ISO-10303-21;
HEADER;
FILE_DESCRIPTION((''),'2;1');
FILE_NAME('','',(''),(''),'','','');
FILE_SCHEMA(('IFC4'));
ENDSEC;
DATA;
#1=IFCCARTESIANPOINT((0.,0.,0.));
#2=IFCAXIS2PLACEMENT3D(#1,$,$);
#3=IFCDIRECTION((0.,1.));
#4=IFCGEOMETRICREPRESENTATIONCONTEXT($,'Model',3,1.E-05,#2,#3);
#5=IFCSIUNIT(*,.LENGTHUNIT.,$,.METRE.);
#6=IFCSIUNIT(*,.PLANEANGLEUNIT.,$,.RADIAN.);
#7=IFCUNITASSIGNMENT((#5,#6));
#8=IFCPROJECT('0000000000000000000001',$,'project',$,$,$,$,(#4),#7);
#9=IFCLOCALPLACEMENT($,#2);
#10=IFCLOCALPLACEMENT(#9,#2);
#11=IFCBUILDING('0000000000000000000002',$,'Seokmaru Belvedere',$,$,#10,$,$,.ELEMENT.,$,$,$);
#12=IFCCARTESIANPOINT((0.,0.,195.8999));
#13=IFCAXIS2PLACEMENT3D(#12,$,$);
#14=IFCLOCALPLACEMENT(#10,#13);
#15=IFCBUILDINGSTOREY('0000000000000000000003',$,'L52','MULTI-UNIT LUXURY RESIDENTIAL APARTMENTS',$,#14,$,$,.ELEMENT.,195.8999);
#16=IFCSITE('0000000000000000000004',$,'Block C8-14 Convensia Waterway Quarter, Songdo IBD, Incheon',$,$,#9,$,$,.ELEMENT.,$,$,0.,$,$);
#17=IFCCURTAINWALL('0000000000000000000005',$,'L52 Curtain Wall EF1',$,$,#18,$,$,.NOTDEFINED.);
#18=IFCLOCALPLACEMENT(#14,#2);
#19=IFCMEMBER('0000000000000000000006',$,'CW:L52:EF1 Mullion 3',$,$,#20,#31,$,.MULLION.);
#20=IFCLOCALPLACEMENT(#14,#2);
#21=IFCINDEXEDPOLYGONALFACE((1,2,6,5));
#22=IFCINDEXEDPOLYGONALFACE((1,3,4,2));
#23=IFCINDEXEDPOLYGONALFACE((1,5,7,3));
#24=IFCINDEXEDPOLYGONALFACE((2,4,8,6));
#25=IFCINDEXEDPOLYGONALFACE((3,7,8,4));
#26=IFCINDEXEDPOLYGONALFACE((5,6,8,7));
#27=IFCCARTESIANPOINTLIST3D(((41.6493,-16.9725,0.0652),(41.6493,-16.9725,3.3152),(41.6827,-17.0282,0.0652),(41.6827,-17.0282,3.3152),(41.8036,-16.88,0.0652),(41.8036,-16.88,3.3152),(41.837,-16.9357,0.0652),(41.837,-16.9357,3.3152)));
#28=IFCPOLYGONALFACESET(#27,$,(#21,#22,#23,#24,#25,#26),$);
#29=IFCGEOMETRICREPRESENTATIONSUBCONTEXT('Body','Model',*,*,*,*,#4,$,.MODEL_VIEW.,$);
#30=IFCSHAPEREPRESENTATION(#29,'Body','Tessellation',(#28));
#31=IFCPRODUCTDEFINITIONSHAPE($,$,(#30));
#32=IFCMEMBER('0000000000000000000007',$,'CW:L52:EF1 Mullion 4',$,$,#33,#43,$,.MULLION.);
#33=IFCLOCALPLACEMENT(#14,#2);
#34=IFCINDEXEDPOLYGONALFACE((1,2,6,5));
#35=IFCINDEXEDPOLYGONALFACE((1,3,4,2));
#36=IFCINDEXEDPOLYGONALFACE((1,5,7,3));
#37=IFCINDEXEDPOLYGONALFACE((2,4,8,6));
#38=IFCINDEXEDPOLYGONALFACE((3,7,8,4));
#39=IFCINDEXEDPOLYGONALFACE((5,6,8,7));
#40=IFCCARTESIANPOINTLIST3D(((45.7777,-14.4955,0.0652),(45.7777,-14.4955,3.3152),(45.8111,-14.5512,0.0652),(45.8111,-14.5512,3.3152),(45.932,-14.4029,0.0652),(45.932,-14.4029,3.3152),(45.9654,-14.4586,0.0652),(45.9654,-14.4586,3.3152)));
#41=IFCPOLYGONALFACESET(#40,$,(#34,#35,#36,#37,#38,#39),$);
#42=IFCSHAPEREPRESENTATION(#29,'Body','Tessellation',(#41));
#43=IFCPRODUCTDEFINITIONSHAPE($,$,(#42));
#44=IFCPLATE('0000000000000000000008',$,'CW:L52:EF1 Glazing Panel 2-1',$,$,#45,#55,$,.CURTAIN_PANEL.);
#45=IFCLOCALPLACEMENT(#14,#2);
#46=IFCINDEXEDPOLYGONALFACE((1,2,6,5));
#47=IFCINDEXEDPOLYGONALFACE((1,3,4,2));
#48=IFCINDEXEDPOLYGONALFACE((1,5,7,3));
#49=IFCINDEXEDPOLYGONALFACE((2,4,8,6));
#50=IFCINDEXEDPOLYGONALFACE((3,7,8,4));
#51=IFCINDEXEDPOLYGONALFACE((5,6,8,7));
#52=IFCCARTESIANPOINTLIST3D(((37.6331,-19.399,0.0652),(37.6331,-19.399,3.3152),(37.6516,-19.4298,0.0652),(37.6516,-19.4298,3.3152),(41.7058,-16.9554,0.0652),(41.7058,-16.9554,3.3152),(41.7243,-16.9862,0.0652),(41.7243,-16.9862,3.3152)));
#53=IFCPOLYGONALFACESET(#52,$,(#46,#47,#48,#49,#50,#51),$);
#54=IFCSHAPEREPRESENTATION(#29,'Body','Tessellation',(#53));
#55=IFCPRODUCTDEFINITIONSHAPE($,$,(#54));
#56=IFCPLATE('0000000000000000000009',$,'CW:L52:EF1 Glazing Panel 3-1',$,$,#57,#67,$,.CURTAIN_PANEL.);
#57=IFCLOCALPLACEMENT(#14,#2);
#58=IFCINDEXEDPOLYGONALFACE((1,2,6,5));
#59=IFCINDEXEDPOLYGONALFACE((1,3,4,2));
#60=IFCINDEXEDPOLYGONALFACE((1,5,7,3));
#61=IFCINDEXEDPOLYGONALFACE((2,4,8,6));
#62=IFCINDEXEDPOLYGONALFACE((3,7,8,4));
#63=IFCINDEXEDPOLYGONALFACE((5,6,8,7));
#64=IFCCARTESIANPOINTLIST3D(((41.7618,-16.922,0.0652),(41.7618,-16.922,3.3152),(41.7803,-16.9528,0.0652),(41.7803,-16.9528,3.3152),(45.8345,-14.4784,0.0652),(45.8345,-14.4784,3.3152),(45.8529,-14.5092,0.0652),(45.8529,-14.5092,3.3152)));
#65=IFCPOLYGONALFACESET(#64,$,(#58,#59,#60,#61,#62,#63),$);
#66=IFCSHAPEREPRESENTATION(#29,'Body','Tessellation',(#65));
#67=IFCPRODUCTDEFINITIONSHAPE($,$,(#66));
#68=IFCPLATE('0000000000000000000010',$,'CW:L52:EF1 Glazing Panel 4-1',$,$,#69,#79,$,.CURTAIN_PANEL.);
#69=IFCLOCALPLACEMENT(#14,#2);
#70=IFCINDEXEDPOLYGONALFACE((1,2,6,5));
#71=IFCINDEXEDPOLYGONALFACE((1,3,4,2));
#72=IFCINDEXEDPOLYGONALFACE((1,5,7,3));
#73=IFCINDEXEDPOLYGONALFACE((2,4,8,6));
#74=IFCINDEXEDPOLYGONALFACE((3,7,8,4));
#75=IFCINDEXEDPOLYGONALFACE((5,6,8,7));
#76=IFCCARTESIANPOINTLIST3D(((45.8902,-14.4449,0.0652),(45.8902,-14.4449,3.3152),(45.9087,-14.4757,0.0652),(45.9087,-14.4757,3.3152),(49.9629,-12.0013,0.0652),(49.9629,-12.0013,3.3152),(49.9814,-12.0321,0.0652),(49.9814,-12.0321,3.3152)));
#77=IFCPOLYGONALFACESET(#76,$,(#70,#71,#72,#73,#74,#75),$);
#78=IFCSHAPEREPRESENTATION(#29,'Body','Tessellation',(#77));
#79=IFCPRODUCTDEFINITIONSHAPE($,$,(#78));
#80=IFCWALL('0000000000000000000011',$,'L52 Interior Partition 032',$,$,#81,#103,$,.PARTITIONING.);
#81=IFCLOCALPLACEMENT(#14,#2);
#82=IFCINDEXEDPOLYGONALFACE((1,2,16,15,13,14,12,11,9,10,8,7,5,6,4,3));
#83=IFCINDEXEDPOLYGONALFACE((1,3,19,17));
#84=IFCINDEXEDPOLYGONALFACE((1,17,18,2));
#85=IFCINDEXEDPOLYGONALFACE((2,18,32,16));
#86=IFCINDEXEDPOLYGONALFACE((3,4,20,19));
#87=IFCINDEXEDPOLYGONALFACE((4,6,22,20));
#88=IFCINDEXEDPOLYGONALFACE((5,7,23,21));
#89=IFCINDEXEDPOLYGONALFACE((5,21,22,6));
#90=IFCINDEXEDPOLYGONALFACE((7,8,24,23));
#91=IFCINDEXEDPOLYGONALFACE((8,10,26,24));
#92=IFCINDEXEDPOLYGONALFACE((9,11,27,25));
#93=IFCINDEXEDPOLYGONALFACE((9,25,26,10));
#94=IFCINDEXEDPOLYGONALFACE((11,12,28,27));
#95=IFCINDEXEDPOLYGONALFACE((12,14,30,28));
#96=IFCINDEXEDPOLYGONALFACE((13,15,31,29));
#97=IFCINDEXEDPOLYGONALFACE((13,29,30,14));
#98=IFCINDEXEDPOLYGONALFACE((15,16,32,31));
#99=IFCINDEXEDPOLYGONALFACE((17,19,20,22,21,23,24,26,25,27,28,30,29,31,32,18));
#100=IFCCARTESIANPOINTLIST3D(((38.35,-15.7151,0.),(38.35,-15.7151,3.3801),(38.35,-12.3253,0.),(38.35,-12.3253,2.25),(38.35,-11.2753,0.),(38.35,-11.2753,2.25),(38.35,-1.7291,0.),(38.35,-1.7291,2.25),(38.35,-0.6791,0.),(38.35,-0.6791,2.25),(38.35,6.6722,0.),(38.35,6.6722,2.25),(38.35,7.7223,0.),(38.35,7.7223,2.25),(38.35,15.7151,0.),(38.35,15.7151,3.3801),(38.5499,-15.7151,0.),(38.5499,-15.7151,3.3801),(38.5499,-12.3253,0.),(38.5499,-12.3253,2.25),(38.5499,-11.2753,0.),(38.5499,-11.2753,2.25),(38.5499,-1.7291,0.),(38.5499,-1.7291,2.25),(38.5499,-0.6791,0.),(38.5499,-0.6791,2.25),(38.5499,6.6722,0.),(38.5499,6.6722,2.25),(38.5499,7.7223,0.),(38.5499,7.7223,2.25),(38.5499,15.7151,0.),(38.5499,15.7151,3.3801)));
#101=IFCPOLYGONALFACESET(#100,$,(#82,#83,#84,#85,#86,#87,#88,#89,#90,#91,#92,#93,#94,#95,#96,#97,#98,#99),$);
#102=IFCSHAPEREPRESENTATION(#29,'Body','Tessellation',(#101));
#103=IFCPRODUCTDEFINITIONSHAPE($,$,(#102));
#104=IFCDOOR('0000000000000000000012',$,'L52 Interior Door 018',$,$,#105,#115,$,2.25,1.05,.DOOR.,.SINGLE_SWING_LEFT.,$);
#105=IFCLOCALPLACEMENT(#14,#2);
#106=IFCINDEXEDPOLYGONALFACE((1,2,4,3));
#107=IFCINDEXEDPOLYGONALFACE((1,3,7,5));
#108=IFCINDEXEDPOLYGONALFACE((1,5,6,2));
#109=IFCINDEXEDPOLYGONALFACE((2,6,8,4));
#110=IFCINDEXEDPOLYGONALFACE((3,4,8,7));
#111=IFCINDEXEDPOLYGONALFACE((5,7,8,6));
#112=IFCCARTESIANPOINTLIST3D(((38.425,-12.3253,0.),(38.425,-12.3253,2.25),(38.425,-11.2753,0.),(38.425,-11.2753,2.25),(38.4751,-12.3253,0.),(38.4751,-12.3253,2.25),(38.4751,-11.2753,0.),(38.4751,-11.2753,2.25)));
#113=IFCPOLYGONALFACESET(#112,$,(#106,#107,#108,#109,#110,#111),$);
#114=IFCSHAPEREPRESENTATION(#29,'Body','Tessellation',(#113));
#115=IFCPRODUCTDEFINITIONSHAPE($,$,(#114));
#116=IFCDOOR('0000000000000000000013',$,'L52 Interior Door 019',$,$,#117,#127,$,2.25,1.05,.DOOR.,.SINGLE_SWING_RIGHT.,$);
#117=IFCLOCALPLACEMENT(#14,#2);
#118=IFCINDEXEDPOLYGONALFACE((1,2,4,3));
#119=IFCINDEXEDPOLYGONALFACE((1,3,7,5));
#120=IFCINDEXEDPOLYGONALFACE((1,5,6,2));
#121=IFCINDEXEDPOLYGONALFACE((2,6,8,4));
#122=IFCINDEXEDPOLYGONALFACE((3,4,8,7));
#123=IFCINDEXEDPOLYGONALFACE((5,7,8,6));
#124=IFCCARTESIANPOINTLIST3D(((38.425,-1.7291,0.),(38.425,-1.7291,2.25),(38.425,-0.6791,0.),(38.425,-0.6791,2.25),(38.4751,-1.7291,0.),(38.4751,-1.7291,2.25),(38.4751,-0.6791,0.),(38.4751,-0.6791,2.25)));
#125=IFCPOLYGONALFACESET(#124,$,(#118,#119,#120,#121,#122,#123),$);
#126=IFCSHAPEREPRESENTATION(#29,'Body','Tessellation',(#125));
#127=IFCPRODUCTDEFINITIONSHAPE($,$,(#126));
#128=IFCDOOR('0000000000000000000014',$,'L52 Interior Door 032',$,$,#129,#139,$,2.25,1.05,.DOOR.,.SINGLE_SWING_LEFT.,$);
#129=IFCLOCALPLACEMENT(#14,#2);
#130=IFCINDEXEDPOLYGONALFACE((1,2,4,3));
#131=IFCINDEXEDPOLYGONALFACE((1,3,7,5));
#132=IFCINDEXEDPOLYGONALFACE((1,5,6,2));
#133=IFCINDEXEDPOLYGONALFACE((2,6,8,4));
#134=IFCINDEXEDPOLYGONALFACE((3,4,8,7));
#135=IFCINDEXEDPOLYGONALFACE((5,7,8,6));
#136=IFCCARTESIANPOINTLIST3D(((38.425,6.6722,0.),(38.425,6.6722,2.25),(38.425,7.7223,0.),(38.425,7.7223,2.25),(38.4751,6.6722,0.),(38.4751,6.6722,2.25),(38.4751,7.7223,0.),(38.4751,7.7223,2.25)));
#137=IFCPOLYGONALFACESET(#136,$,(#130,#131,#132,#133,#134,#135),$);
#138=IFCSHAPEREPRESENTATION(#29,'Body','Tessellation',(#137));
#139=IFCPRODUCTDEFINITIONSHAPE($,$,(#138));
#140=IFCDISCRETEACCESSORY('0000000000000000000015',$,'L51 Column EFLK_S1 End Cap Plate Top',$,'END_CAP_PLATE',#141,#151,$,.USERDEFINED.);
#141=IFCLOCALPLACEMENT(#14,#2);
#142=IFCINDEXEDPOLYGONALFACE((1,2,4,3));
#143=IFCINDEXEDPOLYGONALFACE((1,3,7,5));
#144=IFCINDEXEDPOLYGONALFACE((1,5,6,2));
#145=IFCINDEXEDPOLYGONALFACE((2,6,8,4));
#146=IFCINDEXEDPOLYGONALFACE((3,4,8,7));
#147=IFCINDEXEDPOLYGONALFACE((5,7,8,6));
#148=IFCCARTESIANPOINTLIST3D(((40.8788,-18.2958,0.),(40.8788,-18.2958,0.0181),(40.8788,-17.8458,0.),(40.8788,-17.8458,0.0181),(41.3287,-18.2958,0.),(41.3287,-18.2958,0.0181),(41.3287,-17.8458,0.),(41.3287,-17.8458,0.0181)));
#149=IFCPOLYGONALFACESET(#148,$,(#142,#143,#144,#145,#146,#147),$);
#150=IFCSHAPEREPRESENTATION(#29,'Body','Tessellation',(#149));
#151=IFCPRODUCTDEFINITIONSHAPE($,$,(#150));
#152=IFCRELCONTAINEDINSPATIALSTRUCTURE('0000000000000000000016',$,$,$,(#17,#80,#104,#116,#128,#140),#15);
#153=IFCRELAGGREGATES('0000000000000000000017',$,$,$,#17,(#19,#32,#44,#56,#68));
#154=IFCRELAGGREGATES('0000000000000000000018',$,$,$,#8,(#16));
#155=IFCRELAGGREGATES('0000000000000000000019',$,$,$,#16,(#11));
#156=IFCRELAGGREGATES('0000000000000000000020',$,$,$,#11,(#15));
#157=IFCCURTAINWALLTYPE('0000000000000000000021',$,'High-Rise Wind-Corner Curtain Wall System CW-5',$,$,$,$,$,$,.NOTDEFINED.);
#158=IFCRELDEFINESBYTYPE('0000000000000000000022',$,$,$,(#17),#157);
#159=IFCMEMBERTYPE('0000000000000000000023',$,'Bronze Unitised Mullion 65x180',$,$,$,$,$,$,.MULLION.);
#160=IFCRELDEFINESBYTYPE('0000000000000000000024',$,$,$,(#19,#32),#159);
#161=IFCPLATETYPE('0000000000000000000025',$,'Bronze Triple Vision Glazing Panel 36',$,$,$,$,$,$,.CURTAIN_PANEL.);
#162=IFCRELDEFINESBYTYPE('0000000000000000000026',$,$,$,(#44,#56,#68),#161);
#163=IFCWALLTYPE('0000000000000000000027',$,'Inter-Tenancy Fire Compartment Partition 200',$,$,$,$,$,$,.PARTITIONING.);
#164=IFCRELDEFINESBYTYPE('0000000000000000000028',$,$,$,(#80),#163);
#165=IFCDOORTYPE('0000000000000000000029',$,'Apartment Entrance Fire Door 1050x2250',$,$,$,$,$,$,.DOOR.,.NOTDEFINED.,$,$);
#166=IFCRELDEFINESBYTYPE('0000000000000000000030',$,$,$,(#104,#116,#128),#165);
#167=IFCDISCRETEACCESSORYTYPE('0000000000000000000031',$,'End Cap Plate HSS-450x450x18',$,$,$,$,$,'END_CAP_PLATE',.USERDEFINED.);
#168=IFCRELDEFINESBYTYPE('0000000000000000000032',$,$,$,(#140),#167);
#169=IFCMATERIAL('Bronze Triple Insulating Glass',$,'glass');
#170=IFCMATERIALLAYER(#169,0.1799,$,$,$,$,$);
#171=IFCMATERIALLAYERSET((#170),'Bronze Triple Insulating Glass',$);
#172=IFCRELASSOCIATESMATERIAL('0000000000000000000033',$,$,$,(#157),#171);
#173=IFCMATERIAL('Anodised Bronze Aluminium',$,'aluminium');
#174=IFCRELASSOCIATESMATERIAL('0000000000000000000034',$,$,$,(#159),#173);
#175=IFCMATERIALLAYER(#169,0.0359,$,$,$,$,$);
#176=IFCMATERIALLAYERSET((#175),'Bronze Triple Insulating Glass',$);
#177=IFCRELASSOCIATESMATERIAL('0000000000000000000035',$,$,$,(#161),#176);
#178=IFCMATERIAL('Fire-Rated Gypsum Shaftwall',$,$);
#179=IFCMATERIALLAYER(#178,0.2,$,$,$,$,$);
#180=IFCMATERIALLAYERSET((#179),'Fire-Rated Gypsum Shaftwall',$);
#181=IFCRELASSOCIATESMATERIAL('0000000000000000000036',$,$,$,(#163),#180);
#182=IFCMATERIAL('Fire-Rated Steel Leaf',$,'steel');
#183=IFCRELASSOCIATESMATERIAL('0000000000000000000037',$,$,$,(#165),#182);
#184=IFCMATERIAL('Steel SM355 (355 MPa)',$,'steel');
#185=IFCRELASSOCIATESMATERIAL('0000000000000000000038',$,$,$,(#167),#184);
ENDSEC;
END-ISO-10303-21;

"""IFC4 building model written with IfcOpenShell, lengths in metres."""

from ifc_helpers import new_model, si_unit, direction, frame, frame_2d, origin, origin_2d, place, context, subcontext, project, spatial, rectangle, extrude, source, transform, mapped, material, layer, layer_set, material_profile, profile_set, type_object, type_shapes, element, fill, aggregate, save


model = new_model("IFC4")

# Units and contexts
model_context = context("Model", 3, precision=1e-05, world=origin(), true_north=direction((0.0, 1.0)))
body_context = subcontext(model_context, "Body", "Model", "MODEL_VIEW")
ifc_project = project(units=[si_unit("LENGTHUNIT", "METRE"), si_unit("PLANEANGLEUNIT", "RADIAN")], contexts=[model_context])

# Site, building, storey
site_placement = place(None, origin())
site = spatial("IfcSite", under=ifc_project, at=site_placement, Name="Block C8-14 Convensia Waterway Quarter, Songdo IBD, Incheon", CompositionType="ELEMENT", RefElevation=0.0)
building_placement = place(site_placement, origin())
building = spatial("IfcBuilding", under=site, at=building_placement, Name="Seokmaru Belvedere", CompositionType="ELEMENT")
storey_placement = place(building_placement, frame((0.0, 0.0, 195.8999)))
storey = spatial("IfcBuildingStorey", under=building, at=storey_placement, Name="L52", Description="MULTI-UNIT LUXURY RESIDENTIAL APARTMENTS", CompositionType="ELEMENT", Elevation=195.8999)

# Shared definitions
ifc_material_1 = material(Name="Steel SM355 (355 MPa)", Category="steel")

# Curtain wall, members, plates
ifc_material_2 = material(Name="Bronze Triple Insulating Glass", Category="glass")
ifc_layer_1 = layer(ifc_material_2, 0.1799)
ifc_layer_set_1 = layer_set([ifc_layer_1], Name="Bronze Triple Insulating Glass")
curtain_wall_type = type_object("IfcCurtainWallType", Name="High-Rise Wind-Corner Curtain Wall System CW-5", PredefinedType="NOTDEFINED", material=ifc_layer_set_1)
curtain_wall_placement = place(storey_placement, origin())
curtain_wall = element("IfcCurtainWall", 1, at=curtain_wall_placement, inside=storey, type_object=curtain_wall_type, Name="L52 Curtain Wall EF1", PredefinedType="NOTDEFINED")
ifc_material_3 = material(Name="Anodised Bronze Aluminium", Category="aluminium")
ifc_material_profile_1 = material_profile(ifc_material_3, rectangle(XDim=0.0649, YDim=0.1799, at=origin_2d()), Name="CW-M-65x180")
ifc_profile_set_1 = profile_set([ifc_material_profile_1], Name="Anodised Bronze Aluminium")
member_type = type_object("IfcMemberType", Name="Bronze Unitised Mullion 65x180", PredefinedType="MULLION", material=ifc_profile_set_1)
shared_shape_1 = source(origin(), body_context, "Body", "SweptSolid", [
    extrude(rectangle(XDim=0.0649, YDim=0.1799, at=origin_2d()), origin(), (0.0, 0.0, 1.0), 3.25),
])
type_shapes(member_type, [shared_shape_1])
member_1_placement = place(storey_placement, frame((41.7432, -16.9541, 0.0652), z_axis=(0.0, 0.0, 1.0), x_axis=(-0.514495, 0.857493, 0.0)))
member_1 = element("IfcMember", 2, at=member_1_placement, type_object=member_type, Name="CW:L52:EF1 Mullion 3", PredefinedType="MULLION", context=body_context, shape_type="MappedRepresentation", body=[
    mapped(shared_shape_1, transform((0.0, 0.0, 0.0), scale=1.0)),
])
member_2_placement = place(storey_placement, frame((45.8716, -14.4771, 0.0652), z_axis=(0.0, 0.0, 1.0), x_axis=(-0.514495, 0.857493, 0.0)))
member_2 = element("IfcMember", 3, at=member_2_placement, type_object=member_type, Name="CW:L52:EF1 Mullion 4", PredefinedType="MULLION", context=body_context, shape_type="MappedRepresentation", body=[
    mapped(shared_shape_1, transform((0.0, 0.0, 0.0), scale=1.0)),
])
ifc_layer_2 = layer(ifc_material_2, 0.0359)
ifc_layer_set_2 = layer_set([ifc_layer_2], Name="Bronze Triple Insulating Glass")
plate_type = type_object("IfcPlateType", Name="Bronze Triple Vision Glazing Panel 36", PredefinedType="CURTAIN_PANEL", material=ifc_layer_set_2)
shared_shape_2 = source(origin(), body_context, "Body", "SweptSolid", [
    extrude(rectangle(XDim=4.7495, YDim=0.0359, at=origin_2d()), origin(), (0.0, 0.0, 1.0), 3.25),
])
type_shapes(plate_type, [shared_shape_2])
plate_1_placement = place(storey_placement, frame((39.6787, -18.1926, 0.0652), z_axis=(0.0, 0.0, 1.0), x_axis=(0.857493, 0.514495, 0.0)))
plate_1 = element("IfcPlate", 4, at=plate_1_placement, type_object=plate_type, Name="CW:L52:EF1 Glazing Panel 2-1", PredefinedType="CURTAIN_PANEL", context=body_context, shape_type="MappedRepresentation", body=[
    mapped(shared_shape_2, transform((0.0, 0.0, 0.0), scale=1.0)),
])
plate_2_placement = place(storey_placement, frame((43.8074, -15.7156, 0.0652), z_axis=(0.0, 0.0, 1.0), x_axis=(0.857493, 0.514495, 0.0)))
plate_2 = element("IfcPlate", 5, at=plate_2_placement, type_object=plate_type, Name="CW:L52:EF1 Glazing Panel 3-1", PredefinedType="CURTAIN_PANEL", context=body_context, shape_type="MappedRepresentation", body=[
    mapped(shared_shape_2, transform((0.0, 0.0, 0.0), scale=1.0)),
])
plate_3_placement = place(storey_placement, frame((47.9358, -13.2385, 0.0652), z_axis=(0.0, 0.0, 1.0), x_axis=(0.857493, 0.514495, 0.0)))
plate_3 = element("IfcPlate", 6, at=plate_3_placement, type_object=plate_type, Name="CW:L52:EF1 Glazing Panel 4-1", PredefinedType="CURTAIN_PANEL", context=body_context, shape_type="MappedRepresentation", body=[
    mapped(shared_shape_2, transform((0.0, 0.0, 0.0), scale=1.0)),
])
aggregate(curtain_wall, [member_1, member_2, plate_1, plate_2, plate_3])

# Wall, openings, doors
ifc_material_4 = material(Name="Fire-Rated Gypsum Shaftwall")
ifc_layer_3 = layer(ifc_material_4, 0.2)
ifc_layer_set_3 = layer_set([ifc_layer_3], Name="Fire-Rated Gypsum Shaftwall")
wall_type = type_object("IfcWallType", Name="Inter-Tenancy Fire Compartment Partition 200", PredefinedType="PARTITIONING", material=ifc_layer_set_3)
wall_placement = place(storey_placement, frame((38.45, -15.7151, 0.0), z_axis=(0.0, 0.0, 1.0), x_axis=(0.0, 1.0, 0.0)))
wall = element("IfcWall", 7, at=wall_placement, inside=storey, type_object=wall_type, Name="L52 Interior Partition 032", PredefinedType="PARTITIONING", context=body_context, shape_type="SweptSolid", body=[
    extrude(rectangle(XDim=31.4302, YDim=0.2, at=frame_2d((15.7151, 0.0))), origin(), (0.0, 0.0, 1.0), 3.3801),
])
opening_1_placement = place(wall_placement, frame((3.3899, 0.0, 0.0)))
opening_1 = element("IfcOpeningElement", 8, at=opening_1_placement, cuts=wall, PredefinedType="OPENING", context=body_context, shape_type="SweptSolid", body=[
    extrude(rectangle(XDim=1.05, YDim=2.25, at=frame_2d((0.5249, 1.125))), frame((0.0, 0.1099, 0.0), z_axis=(0.0, -1.0, 0.0), x_axis=(1.0, 0.0, 0.0)), (0.0, 0.0, 1.0), 0.22),
])
opening_2_placement = place(wall_placement, frame((13.9861, 0.0, 0.0)))
opening_2 = element("IfcOpeningElement", 9, at=opening_2_placement, cuts=wall, PredefinedType="OPENING", context=body_context, shape_type="SweptSolid", body=[
    extrude(rectangle(XDim=1.05, YDim=2.25, at=frame_2d((0.5249, 1.125))), frame((0.0, 0.1099, 0.0), z_axis=(0.0, -1.0, 0.0), x_axis=(1.0, 0.0, 0.0)), (0.0, 0.0, 1.0), 0.22),
])
opening_3_placement = place(wall_placement, frame((22.3875, 0.0, 0.0)))
opening_3 = element("IfcOpeningElement", 10, at=opening_3_placement, cuts=wall, PredefinedType="OPENING", context=body_context, shape_type="SweptSolid", body=[
    extrude(rectangle(XDim=1.05, YDim=2.25, at=frame_2d((0.5249, 1.125))), frame((0.0, 0.1099, 0.0), z_axis=(0.0, -1.0, 0.0), x_axis=(1.0, 0.0, 0.0)), (0.0, 0.0, 1.0), 0.22),
])
ifc_material_5 = material(Name="Fire-Rated Steel Leaf", Category="steel")
door_type = type_object("IfcDoorType", Name="Apartment Entrance Fire Door 1050x2250", OperationType="NOTDEFINED", PredefinedType="DOOR", material=ifc_material_5)
shared_shape_3 = source(origin(), body_context, "Body", "SweptSolid", [
    extrude(rectangle(XDim=1.05, YDim=2.25, at=frame_2d((0.5249, 1.125))), frame((0.0, 0.0249, 0.0), z_axis=(0.0, -1.0, 0.0), x_axis=(1.0, 0.0, 0.0)), (0.0, 0.0, 1.0), 0.05),
])
type_shapes(door_type, [shared_shape_3])
door_1_placement = place(opening_1_placement, origin())
door_1 = element("IfcDoor", 11, at=door_1_placement, inside=storey, type_object=door_type, Name="L52 Interior Door 018", OperationType="SINGLE_SWING_LEFT", OverallHeight=2.25, OverallWidth=1.05, PredefinedType="DOOR", context=body_context, shape_type="MappedRepresentation", body=[
    mapped(shared_shape_3, transform((0.0, 0.0, 0.0), scale=1.0)),
])
fill(opening_1, door_1)
door_2_placement = place(opening_2_placement, origin())
door_2 = element("IfcDoor", 12, at=door_2_placement, inside=storey, type_object=door_type, Name="L52 Interior Door 019", OperationType="SINGLE_SWING_RIGHT", OverallHeight=2.25, OverallWidth=1.05, PredefinedType="DOOR", context=body_context, shape_type="MappedRepresentation", body=[
    mapped(shared_shape_3, transform((0.0, 0.0, 0.0), scale=1.0)),
])
fill(opening_2, door_2)
door_3_placement = place(opening_3_placement, origin())
door_3 = element("IfcDoor", 13, at=door_3_placement, inside=storey, type_object=door_type, Name="L52 Interior Door 032", OperationType="SINGLE_SWING_LEFT", OverallHeight=2.25, OverallWidth=1.05, PredefinedType="DOOR", context=body_context, shape_type="MappedRepresentation", body=[
    mapped(shared_shape_3, transform((0.0, 0.0, 0.0), scale=1.0)),
])
fill(opening_3, door_3)

# Discrete accessory
discrete_accessory_type = type_object("IfcDiscreteAccessoryType", Name="End Cap Plate HSS-450x450x18", ElementType="END_CAP_PLATE", PredefinedType="USERDEFINED", material=ifc_material_1)
shared_shape_4 = source(origin(), body_context, "Body", "SweptSolid", [
    extrude(rectangle(XDim=0.45, YDim=0.45, at=origin_2d()), origin(), (0.0, 0.0, 1.0), 0.0181),
])
type_shapes(discrete_accessory_type, [shared_shape_4])
discrete_accessory_placement = place(storey_placement, frame((41.1038, -18.0708, 0.0), z_axis=(0.0, 0.0, 1.0), x_axis=(1.0, 0.0, 0.0)))
element("IfcDiscreteAccessory", 14, at=discrete_accessory_placement, inside=storey, type_object=discrete_accessory_type, Name="L51 Column EFLK_S1 End Cap Plate Top", ObjectType="END_CAP_PLATE", PredefinedType="USERDEFINED", context=body_context, shape_type="MappedRepresentation", body=[
    mapped(shared_shape_4, transform((0.0, 0.0, 0.0), scale=1.0)),
])

save(model, "model.ifc")
